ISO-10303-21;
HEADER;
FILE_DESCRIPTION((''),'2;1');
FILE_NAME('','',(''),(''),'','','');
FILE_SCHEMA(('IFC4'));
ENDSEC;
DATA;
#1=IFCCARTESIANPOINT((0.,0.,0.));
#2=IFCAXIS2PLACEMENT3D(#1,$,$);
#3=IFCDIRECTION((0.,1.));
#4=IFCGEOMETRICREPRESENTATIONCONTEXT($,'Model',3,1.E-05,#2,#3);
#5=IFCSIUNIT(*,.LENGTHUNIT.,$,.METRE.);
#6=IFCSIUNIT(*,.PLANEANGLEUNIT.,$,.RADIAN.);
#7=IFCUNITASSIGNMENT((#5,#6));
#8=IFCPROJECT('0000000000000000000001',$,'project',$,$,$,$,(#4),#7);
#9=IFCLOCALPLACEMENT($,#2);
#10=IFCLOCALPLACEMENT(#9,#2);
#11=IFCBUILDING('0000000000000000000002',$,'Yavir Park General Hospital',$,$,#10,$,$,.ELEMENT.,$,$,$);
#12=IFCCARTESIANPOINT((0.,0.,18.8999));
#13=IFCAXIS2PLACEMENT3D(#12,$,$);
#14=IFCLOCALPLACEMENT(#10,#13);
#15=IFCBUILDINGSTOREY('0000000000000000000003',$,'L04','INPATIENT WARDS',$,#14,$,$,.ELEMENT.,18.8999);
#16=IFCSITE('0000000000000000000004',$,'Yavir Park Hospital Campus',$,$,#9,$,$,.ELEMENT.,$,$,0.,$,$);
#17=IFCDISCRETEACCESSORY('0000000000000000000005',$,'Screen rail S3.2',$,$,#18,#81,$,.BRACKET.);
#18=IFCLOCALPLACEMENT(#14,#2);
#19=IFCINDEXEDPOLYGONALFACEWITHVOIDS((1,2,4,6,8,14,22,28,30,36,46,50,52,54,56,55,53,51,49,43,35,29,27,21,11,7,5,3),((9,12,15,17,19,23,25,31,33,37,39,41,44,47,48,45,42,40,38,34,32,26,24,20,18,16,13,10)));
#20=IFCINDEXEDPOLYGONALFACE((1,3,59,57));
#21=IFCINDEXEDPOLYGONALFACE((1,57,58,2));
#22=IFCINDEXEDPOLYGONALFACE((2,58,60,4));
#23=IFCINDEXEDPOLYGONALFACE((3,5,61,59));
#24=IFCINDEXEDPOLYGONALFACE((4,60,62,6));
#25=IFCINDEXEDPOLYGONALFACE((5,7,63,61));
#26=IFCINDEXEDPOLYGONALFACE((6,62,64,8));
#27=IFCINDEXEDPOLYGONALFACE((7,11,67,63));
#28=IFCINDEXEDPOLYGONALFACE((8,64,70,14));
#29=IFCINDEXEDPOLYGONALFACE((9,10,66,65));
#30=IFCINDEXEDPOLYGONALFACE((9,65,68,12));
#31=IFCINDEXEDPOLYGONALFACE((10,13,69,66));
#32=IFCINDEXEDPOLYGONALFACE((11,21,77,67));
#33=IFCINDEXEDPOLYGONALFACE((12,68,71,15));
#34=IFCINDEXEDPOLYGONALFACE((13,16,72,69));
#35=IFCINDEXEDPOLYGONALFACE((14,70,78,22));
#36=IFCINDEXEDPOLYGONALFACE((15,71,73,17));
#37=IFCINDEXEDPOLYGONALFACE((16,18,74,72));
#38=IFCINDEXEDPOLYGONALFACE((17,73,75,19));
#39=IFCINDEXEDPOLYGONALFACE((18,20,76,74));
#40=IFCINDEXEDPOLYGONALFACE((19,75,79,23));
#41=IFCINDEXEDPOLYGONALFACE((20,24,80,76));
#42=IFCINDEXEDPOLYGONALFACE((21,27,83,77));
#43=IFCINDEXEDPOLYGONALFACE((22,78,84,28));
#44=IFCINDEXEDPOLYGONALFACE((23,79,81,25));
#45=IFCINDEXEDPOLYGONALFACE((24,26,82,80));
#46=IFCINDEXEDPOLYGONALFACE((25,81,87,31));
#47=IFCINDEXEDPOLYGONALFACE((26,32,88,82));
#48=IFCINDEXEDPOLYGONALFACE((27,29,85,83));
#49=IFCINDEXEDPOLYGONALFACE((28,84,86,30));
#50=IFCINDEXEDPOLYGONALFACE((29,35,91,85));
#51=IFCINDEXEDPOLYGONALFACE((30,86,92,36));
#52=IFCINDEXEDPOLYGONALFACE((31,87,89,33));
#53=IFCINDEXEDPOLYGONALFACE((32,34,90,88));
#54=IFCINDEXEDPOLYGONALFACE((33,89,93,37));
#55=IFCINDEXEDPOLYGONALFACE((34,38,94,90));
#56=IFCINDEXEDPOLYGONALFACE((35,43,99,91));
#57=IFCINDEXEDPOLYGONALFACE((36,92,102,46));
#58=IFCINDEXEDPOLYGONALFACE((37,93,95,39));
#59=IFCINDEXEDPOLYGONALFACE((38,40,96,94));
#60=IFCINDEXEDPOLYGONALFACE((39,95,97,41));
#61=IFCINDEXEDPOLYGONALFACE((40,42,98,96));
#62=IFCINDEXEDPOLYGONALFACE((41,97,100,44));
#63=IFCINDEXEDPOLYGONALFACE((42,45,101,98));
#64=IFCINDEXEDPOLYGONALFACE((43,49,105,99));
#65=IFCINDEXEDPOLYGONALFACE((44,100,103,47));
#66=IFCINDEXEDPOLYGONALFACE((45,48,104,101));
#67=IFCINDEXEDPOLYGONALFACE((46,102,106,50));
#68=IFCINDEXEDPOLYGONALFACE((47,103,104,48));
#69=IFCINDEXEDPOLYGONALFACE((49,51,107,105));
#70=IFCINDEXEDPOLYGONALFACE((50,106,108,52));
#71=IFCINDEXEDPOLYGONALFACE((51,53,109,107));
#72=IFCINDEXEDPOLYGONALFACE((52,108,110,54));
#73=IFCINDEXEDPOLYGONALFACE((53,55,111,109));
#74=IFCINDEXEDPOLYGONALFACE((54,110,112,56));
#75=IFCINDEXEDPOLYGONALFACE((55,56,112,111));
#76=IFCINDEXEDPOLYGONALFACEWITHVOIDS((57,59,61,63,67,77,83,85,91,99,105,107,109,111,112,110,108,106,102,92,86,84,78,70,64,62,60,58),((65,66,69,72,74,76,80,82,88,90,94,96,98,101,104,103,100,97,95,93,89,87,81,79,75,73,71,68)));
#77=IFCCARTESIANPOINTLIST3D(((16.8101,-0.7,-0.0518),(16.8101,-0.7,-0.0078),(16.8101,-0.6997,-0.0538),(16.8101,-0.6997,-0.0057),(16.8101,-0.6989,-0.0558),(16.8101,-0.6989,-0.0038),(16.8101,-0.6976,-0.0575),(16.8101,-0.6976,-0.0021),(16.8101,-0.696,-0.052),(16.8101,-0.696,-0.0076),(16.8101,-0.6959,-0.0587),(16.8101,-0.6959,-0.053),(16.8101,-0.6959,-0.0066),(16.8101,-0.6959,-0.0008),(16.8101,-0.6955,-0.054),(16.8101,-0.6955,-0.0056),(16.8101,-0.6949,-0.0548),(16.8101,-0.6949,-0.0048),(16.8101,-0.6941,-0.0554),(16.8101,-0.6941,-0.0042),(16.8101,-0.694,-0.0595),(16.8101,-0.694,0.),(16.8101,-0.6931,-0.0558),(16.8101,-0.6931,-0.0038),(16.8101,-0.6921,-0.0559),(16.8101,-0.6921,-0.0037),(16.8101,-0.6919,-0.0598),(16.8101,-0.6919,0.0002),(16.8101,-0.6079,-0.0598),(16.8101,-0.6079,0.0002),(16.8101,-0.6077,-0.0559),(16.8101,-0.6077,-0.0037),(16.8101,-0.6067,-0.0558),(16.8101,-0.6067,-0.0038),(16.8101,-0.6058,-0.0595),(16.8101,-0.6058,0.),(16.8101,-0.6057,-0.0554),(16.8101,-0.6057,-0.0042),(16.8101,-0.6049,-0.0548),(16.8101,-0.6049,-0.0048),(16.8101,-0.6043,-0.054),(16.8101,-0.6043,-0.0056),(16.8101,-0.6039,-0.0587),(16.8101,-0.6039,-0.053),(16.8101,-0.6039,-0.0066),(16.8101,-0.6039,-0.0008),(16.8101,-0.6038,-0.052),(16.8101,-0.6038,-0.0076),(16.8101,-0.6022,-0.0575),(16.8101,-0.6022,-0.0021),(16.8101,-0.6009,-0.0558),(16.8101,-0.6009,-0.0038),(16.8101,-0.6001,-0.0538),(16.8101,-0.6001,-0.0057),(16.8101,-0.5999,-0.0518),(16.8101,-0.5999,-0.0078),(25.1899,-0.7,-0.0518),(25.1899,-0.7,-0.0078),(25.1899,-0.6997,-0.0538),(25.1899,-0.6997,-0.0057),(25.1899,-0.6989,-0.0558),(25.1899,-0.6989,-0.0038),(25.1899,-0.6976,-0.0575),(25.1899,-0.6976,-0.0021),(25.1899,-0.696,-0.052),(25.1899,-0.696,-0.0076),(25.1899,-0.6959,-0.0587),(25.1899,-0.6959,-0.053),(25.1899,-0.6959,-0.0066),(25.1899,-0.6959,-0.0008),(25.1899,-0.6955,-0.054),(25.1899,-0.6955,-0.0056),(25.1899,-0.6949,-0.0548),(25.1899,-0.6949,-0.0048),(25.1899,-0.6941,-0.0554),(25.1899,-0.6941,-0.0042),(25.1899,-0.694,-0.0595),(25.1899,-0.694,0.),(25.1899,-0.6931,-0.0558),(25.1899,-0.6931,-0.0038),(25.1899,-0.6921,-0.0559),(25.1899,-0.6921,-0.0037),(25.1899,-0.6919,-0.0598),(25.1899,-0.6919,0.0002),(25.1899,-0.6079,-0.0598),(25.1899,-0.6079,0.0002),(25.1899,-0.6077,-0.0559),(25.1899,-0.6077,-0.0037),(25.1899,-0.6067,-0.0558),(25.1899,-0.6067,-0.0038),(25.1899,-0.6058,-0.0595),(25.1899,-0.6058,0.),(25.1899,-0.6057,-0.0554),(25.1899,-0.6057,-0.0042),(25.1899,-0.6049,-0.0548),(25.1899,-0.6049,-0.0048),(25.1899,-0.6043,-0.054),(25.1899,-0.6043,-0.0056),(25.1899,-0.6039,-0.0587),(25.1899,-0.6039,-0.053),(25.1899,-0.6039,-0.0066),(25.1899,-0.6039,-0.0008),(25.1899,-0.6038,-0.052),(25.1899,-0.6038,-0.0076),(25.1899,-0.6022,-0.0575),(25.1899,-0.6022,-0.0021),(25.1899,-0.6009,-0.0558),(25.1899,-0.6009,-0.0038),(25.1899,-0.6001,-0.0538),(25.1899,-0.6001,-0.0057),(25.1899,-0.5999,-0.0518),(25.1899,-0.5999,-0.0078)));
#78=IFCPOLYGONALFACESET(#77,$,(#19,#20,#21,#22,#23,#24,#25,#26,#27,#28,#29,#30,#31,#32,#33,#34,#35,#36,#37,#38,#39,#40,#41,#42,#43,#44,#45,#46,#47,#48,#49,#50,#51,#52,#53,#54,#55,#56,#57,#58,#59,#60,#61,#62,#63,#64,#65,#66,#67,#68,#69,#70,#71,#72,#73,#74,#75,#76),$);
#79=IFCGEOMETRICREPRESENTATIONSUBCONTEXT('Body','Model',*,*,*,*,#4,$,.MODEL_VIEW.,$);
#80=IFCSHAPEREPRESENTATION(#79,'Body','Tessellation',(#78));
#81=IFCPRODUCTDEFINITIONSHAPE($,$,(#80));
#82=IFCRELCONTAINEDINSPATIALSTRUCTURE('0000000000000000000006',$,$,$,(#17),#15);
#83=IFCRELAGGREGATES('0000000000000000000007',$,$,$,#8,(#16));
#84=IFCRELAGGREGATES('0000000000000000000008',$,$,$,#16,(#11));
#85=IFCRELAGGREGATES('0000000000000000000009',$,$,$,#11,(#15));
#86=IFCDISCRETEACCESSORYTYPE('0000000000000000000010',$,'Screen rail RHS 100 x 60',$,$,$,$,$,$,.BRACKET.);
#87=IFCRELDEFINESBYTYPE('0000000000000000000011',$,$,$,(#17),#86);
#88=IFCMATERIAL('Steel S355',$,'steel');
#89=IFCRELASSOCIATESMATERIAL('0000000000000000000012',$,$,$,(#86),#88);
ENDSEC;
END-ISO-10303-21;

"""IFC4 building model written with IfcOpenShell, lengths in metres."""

from ifc_helpers import new_model, si_unit, direction, frame, origin, origin_2d, place, context, subcontext, project, spatial, hollow_rectangle, extrude, material, material_profile, profile_set, type_object, element, save


model = new_model("IFC4")

# Units and contexts
model_context = context("Model", 3, precision=1e-05, world=origin(), true_north=direction((0.0, 1.0)))
body_context = subcontext(model_context, "Body", "Model", "MODEL_VIEW")
ifc_project = project(units=[si_unit("LENGTHUNIT", "METRE"), si_unit("PLANEANGLEUNIT", "RADIAN")], contexts=[model_context])

# Site, building, storey
site_placement = place(None, origin())
site = spatial("IfcSite", under=ifc_project, at=site_placement, Name="Yavir Park Hospital Campus", CompositionType="ELEMENT", RefElevation=0.0)
building_placement = place(site_placement, origin())
building = spatial("IfcBuilding", under=site, at=building_placement, Name="Yavir Park General Hospital", CompositionType="ELEMENT")
storey_placement = place(building_placement, frame((0.0, 0.0, 18.8999)))
storey = spatial("IfcBuildingStorey", under=building, at=storey_placement, Name="L04", Description="INPATIENT WARDS", CompositionType="ELEMENT", Elevation=18.8999)

# Discrete accessory
ifc_material_1 = material(Name="Steel S355", Category="steel")
ifc_material_profile_1 = material_profile(ifc_material_1, hollow_rectangle(XDim=0.1001, YDim=0.0601, WallThickness=0.0039, InnerFilletRadius=0.0039, OuterFilletRadius=0.0081, at=origin_2d()), Name="RHS60x100x4")
ifc_profile_set_1 = profile_set([ifc_material_profile_1], Name="Steel S355")
discrete_accessory_type_1 = type_object("IfcDiscreteAccessoryType", Name="Screen rail RHS 100 x 60", PredefinedType="BRACKET", material=ifc_profile_set_1)
discrete_accessory_placement = place(storey_placement, frame((16.8101, -0.6499, -0.0298), z_axis=(1.0, 0.0, 0.0), x_axis=(0.0, 1.0, 0.0)))
element("IfcDiscreteAccessory", 1, at=discrete_accessory_placement, inside=storey, type_object=discrete_accessory_type_1, Name="Screen rail S3.2", PredefinedType="BRACKET", context=body_context, shape_type="SweptSolid", body=[
    extrude(hollow_rectangle(XDim=0.1001, YDim=0.0601, WallThickness=0.0039, InnerFilletRadius=0.0039, OuterFilletRadius=0.0081, at=origin_2d()), origin(), (0.0, 0.0, 1.0), 8.3799),
])

save(model, "model.ifc")
